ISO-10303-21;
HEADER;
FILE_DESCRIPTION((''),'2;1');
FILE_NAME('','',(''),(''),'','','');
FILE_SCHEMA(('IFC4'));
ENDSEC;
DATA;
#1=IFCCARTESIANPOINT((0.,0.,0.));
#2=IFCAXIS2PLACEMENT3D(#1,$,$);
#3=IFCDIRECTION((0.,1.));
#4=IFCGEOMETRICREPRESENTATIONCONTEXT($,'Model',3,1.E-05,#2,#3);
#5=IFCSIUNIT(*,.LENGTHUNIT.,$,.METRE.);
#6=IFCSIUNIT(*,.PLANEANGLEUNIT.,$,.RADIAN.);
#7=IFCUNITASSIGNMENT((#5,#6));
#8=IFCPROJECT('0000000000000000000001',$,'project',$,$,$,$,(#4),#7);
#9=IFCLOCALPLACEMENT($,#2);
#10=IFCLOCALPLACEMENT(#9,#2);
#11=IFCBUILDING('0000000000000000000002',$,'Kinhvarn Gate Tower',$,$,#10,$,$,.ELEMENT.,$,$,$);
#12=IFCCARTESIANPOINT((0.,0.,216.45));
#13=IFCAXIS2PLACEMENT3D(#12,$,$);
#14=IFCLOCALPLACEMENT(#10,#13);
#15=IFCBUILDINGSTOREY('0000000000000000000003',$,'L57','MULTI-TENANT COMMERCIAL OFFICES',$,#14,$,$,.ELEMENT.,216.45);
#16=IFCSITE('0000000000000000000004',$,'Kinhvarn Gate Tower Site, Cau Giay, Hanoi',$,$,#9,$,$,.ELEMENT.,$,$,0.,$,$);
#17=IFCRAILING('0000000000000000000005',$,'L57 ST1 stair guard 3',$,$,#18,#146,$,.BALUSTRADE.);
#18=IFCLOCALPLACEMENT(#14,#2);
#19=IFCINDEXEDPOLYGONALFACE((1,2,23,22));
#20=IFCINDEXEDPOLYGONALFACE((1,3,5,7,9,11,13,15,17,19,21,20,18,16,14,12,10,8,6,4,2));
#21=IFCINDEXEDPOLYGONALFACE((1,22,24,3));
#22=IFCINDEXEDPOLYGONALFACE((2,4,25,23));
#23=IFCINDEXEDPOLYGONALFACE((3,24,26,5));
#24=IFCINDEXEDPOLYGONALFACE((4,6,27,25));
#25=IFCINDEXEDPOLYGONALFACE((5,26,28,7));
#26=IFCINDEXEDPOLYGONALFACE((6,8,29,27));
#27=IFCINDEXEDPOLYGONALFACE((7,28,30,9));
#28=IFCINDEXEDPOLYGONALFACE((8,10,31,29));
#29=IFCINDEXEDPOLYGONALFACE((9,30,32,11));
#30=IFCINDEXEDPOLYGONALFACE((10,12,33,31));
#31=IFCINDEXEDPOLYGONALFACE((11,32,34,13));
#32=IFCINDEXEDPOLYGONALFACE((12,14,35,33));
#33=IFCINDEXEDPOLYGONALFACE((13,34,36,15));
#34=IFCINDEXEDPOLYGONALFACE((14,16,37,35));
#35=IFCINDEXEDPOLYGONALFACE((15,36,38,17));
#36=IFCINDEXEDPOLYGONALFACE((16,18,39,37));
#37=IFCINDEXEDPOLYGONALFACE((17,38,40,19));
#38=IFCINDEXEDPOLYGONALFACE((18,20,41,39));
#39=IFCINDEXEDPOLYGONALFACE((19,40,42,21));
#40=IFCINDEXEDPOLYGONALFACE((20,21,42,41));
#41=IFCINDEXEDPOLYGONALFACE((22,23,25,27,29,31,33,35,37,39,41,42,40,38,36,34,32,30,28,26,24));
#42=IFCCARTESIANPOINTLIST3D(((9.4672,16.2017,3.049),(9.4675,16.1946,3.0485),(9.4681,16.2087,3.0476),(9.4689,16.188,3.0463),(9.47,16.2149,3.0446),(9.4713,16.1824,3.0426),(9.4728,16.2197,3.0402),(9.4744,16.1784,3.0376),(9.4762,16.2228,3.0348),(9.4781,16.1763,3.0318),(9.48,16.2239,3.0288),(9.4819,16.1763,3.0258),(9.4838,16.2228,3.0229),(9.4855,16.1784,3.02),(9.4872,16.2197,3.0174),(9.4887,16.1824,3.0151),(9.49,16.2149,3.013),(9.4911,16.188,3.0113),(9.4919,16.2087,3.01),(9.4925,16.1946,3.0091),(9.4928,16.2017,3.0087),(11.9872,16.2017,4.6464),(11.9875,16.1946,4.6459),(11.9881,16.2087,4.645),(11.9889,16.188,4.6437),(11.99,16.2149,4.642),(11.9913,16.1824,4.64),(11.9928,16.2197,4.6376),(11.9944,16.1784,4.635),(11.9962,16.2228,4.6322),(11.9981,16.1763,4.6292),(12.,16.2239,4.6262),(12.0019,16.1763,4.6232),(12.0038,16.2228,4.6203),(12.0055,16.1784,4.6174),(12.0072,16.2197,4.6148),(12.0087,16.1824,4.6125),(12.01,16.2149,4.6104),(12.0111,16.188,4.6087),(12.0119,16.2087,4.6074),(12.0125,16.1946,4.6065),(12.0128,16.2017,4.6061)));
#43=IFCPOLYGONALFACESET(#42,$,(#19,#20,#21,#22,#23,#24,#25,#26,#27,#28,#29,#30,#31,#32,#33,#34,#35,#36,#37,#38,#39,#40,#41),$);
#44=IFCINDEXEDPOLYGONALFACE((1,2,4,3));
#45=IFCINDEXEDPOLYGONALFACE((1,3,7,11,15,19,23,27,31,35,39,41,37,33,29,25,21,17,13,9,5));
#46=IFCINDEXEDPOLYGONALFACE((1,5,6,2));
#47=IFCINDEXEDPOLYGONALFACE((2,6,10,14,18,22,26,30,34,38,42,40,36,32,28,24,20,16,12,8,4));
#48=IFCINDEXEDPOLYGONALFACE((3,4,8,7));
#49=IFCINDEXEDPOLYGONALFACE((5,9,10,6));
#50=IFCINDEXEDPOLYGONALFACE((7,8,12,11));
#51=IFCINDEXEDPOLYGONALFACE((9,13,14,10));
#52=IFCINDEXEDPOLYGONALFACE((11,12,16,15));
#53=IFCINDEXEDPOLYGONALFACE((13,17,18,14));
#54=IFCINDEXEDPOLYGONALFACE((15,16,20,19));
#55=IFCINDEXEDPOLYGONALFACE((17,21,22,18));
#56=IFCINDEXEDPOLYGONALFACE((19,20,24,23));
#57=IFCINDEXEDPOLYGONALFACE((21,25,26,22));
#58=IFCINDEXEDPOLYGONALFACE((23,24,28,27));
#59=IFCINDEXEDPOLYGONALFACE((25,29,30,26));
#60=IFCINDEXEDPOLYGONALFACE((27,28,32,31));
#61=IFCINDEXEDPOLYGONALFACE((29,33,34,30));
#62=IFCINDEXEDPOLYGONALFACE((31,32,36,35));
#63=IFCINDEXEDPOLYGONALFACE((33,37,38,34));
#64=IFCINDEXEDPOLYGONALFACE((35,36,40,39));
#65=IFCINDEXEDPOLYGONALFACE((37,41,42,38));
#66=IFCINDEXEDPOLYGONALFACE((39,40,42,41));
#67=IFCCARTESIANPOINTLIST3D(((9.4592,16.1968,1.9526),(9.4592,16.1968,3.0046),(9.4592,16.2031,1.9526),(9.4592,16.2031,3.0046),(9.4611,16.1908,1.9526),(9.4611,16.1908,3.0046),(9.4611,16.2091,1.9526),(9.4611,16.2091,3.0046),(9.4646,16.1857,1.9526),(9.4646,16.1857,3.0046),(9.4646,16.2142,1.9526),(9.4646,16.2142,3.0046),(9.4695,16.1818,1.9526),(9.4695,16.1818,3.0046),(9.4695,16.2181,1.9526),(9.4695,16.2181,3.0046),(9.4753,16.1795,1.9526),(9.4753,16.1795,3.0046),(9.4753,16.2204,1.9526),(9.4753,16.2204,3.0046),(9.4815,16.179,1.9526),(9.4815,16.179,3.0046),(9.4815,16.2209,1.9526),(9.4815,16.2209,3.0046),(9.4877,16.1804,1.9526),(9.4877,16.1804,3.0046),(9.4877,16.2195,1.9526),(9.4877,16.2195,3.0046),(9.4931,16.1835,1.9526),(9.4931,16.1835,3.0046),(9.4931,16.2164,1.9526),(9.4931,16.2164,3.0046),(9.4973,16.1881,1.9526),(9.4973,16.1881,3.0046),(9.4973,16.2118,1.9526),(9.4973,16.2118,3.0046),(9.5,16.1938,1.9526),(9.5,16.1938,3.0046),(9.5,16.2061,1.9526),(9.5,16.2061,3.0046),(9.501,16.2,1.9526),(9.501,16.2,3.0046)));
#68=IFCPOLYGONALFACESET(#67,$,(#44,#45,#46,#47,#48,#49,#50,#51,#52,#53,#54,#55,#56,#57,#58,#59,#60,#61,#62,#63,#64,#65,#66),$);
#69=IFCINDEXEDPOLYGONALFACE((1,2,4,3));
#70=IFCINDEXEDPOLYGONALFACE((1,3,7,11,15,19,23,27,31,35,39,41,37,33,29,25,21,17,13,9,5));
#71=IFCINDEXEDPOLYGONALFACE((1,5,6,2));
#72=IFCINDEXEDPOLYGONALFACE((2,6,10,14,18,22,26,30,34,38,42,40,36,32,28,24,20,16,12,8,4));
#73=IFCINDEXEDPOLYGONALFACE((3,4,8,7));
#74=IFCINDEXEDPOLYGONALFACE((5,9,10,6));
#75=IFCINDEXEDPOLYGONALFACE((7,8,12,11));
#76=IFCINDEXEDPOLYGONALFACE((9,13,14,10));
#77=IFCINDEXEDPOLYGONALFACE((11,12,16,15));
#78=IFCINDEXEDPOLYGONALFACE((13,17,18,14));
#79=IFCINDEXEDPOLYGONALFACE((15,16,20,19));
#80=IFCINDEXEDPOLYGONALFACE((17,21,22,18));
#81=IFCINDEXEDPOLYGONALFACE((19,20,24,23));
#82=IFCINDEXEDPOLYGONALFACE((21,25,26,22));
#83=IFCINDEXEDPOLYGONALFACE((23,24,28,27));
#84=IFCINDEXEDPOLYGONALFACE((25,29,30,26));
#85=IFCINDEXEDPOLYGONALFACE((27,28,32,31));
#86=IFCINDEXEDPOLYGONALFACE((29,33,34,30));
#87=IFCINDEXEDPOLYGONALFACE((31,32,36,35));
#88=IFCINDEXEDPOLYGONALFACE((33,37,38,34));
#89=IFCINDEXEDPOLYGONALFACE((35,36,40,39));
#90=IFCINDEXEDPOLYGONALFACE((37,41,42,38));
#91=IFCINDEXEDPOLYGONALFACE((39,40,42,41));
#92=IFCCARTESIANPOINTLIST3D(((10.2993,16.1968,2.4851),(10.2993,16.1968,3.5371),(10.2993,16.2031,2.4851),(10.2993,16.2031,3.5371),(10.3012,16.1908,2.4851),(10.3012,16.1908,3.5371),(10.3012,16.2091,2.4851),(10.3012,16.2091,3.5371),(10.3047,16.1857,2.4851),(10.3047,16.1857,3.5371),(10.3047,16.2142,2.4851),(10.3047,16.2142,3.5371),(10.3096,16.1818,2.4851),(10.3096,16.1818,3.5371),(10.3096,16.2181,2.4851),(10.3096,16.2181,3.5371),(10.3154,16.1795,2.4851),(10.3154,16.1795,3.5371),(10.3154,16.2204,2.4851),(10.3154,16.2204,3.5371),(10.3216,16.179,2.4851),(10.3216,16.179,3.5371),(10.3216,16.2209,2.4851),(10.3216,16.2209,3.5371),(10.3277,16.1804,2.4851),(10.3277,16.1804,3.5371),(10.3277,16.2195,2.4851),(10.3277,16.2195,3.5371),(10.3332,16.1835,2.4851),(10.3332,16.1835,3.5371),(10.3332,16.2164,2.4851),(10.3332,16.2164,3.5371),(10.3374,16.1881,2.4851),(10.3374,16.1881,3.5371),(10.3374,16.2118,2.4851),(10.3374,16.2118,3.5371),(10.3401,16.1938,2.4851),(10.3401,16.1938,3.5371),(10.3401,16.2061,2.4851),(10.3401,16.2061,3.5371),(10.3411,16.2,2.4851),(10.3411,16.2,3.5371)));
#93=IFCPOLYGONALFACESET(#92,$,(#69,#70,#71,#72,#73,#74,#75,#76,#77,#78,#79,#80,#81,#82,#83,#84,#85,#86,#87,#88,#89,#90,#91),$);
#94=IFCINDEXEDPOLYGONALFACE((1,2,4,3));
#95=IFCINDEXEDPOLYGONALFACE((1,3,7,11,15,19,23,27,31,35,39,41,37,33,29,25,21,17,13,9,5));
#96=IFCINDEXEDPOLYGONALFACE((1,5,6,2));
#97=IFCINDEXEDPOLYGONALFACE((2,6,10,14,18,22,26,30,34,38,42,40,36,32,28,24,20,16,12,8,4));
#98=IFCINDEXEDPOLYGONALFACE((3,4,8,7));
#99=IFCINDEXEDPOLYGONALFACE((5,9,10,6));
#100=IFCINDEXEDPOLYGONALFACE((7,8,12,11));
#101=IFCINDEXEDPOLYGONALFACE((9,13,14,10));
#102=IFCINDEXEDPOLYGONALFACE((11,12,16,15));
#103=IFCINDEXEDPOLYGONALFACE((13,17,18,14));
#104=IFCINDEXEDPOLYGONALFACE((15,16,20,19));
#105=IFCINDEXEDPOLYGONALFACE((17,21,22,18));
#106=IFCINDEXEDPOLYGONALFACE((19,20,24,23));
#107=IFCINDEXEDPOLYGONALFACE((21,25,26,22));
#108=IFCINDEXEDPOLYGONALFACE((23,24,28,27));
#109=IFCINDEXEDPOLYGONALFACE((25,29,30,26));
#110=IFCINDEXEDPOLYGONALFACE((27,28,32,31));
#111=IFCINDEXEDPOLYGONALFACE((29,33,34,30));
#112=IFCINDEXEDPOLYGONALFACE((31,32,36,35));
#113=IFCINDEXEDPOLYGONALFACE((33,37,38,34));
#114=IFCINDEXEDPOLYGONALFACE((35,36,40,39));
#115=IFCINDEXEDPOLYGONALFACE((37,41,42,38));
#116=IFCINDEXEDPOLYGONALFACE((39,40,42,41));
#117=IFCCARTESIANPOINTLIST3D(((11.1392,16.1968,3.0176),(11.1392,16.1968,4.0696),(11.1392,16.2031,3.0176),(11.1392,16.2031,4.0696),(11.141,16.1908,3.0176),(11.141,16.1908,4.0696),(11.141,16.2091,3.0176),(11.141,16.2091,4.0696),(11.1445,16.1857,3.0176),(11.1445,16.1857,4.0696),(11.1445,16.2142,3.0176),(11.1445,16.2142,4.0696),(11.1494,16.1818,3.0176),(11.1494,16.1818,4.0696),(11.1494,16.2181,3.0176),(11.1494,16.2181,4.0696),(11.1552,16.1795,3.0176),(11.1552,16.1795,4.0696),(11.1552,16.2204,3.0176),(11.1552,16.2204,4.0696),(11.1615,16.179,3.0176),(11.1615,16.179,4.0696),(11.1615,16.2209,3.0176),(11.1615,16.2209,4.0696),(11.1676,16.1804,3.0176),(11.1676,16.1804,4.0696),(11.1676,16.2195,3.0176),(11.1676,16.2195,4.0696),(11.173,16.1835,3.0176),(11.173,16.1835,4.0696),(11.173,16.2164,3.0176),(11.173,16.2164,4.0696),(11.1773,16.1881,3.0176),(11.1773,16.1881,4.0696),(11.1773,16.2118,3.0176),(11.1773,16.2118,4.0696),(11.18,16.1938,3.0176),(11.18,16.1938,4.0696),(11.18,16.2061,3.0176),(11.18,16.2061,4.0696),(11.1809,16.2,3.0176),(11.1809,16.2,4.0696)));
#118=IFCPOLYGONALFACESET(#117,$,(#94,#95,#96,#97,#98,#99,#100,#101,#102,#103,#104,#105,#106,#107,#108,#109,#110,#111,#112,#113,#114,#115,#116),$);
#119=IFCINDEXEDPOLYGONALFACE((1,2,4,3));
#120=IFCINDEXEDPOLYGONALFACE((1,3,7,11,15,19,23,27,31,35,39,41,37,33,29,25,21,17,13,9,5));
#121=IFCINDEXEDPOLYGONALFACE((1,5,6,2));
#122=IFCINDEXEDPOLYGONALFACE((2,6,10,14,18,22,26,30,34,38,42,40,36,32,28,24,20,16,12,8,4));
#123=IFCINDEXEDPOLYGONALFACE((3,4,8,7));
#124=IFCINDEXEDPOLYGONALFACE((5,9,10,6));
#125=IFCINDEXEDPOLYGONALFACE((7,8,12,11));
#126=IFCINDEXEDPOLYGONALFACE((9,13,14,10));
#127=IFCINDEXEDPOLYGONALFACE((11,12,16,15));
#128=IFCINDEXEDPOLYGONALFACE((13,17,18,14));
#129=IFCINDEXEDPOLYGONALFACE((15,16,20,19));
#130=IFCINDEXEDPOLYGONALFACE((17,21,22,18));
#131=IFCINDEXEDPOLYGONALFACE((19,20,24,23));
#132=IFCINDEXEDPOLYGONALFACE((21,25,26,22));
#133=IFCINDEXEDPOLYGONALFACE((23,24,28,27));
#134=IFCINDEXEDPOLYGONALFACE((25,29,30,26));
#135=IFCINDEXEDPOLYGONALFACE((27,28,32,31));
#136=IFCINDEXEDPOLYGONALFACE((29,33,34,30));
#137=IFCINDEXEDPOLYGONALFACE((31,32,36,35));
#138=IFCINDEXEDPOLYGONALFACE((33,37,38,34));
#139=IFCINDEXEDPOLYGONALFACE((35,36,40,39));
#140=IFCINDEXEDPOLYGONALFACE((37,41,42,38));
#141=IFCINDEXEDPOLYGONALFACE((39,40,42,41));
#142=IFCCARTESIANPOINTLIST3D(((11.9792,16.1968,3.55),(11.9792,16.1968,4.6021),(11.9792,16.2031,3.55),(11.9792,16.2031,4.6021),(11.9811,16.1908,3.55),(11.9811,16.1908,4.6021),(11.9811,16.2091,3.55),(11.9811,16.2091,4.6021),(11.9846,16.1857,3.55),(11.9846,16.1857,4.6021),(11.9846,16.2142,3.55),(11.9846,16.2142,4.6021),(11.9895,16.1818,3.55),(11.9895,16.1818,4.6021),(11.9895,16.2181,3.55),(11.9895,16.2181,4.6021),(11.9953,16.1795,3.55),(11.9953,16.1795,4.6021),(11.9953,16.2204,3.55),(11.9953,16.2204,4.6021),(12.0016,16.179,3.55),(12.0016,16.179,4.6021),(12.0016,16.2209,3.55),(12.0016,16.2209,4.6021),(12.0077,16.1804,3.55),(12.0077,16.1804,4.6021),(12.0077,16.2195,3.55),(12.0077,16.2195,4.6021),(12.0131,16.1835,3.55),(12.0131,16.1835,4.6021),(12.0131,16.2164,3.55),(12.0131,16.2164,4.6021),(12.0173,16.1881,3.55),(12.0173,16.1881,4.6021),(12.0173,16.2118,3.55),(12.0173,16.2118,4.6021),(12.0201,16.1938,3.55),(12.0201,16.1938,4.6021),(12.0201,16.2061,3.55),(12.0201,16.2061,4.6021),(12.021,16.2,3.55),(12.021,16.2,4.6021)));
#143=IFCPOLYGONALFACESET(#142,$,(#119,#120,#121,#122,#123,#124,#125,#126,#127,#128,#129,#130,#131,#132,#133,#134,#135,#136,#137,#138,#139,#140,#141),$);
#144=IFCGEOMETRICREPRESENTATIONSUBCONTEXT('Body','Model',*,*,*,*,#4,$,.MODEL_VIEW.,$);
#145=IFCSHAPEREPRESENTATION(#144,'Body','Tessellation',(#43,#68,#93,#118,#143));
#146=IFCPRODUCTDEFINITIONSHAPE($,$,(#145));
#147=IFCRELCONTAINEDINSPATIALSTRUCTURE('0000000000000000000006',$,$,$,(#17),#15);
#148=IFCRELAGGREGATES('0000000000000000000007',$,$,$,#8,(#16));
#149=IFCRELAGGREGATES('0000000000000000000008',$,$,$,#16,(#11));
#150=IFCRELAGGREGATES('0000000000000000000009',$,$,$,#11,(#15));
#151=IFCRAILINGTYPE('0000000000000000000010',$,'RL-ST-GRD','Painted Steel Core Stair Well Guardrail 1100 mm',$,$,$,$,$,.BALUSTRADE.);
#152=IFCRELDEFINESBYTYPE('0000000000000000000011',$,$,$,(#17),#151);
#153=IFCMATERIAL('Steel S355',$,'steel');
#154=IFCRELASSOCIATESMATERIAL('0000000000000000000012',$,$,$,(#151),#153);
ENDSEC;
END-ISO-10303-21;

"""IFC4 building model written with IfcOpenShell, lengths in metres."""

from ifc_helpers import new_model, si_unit, direction, frame, origin, origin_2d, place, context, subcontext, project, spatial, circle, extrude, material, type_object, element, save


model = new_model("IFC4")

# Units and contexts
model_context = context("Model", 3, precision=1e-05, world=origin(), true_north=direction((0.0, 1.0)))
body_context = subcontext(model_context, "Body", "Model", "MODEL_VIEW")
ifc_project = project(units=[si_unit("LENGTHUNIT", "METRE"), si_unit("PLANEANGLEUNIT", "RADIAN")], contexts=[model_context])

# Site, building, storey
site_placement = place(None, origin())
site = spatial("IfcSite", under=ifc_project, at=site_placement, Name="Kinhvarn Gate Tower Site, Cau Giay, Hanoi", CompositionType="ELEMENT", RefElevation=0.0)
building_placement = place(site_placement, origin())
building = spatial("IfcBuilding", under=site, at=building_placement, Name="Kinhvarn Gate Tower", CompositionType="ELEMENT")
storey_placement = place(building_placement, frame((0.0, 0.0, 216.45)))
storey = spatial("IfcBuildingStorey", under=building, at=storey_placement, Name="L57", Description="MULTI-TENANT COMMERCIAL OFFICES", CompositionType="ELEMENT", Elevation=216.45)

# Shared definitions
ifc_material_1 = material(Name="Steel S355", Category="steel")

# Railing
railing_type_1 = type_object("IfcRailingType", Name="RL-ST-GRD", Description="Painted Steel Core Stair Well Guardrail 1100 mm", PredefinedType="BALUSTRADE", material=ifc_material_1)
railing_1_placement = place(storey_placement, frame((9.48, 16.2, 1.9526)))
element("IfcRailing", 1, at=railing_1_placement, inside=storey, type_object=railing_type_1, Name="L57 ST1 stair guard 3", PredefinedType="BALUSTRADE", context=body_context, shape_type="SweptSolid", body=[
    extrude(circle(Radius=0.0239, at=origin_2d()), frame((0.0, 0.0, 1.0762), z_axis=(0.844607, 0.0, 0.535387), x_axis=(0.0, 1.0, 0.0)), (0.0, 0.0, 1.0), 2.9836),
    extrude(circle(Radius=0.021, at=origin_2d()), origin(), (0.0, 0.0, 1.0), 1.052),
    extrude(circle(Radius=0.021, at=origin_2d()), frame((0.8401, 0.0, 0.5325)), (0.0, 0.0, 1.0), 1.052),
    extrude(circle(Radius=0.021, at=origin_2d()), frame((1.6799, 0.0, 1.0649)), (0.0, 0.0, 1.0), 1.052),
    extrude(circle(Radius=0.021, at=origin_2d()), frame((2.52, 0.0, 1.5974)), (0.0, 0.0, 1.0), 1.052),
])

save(model, "model.ifc")
